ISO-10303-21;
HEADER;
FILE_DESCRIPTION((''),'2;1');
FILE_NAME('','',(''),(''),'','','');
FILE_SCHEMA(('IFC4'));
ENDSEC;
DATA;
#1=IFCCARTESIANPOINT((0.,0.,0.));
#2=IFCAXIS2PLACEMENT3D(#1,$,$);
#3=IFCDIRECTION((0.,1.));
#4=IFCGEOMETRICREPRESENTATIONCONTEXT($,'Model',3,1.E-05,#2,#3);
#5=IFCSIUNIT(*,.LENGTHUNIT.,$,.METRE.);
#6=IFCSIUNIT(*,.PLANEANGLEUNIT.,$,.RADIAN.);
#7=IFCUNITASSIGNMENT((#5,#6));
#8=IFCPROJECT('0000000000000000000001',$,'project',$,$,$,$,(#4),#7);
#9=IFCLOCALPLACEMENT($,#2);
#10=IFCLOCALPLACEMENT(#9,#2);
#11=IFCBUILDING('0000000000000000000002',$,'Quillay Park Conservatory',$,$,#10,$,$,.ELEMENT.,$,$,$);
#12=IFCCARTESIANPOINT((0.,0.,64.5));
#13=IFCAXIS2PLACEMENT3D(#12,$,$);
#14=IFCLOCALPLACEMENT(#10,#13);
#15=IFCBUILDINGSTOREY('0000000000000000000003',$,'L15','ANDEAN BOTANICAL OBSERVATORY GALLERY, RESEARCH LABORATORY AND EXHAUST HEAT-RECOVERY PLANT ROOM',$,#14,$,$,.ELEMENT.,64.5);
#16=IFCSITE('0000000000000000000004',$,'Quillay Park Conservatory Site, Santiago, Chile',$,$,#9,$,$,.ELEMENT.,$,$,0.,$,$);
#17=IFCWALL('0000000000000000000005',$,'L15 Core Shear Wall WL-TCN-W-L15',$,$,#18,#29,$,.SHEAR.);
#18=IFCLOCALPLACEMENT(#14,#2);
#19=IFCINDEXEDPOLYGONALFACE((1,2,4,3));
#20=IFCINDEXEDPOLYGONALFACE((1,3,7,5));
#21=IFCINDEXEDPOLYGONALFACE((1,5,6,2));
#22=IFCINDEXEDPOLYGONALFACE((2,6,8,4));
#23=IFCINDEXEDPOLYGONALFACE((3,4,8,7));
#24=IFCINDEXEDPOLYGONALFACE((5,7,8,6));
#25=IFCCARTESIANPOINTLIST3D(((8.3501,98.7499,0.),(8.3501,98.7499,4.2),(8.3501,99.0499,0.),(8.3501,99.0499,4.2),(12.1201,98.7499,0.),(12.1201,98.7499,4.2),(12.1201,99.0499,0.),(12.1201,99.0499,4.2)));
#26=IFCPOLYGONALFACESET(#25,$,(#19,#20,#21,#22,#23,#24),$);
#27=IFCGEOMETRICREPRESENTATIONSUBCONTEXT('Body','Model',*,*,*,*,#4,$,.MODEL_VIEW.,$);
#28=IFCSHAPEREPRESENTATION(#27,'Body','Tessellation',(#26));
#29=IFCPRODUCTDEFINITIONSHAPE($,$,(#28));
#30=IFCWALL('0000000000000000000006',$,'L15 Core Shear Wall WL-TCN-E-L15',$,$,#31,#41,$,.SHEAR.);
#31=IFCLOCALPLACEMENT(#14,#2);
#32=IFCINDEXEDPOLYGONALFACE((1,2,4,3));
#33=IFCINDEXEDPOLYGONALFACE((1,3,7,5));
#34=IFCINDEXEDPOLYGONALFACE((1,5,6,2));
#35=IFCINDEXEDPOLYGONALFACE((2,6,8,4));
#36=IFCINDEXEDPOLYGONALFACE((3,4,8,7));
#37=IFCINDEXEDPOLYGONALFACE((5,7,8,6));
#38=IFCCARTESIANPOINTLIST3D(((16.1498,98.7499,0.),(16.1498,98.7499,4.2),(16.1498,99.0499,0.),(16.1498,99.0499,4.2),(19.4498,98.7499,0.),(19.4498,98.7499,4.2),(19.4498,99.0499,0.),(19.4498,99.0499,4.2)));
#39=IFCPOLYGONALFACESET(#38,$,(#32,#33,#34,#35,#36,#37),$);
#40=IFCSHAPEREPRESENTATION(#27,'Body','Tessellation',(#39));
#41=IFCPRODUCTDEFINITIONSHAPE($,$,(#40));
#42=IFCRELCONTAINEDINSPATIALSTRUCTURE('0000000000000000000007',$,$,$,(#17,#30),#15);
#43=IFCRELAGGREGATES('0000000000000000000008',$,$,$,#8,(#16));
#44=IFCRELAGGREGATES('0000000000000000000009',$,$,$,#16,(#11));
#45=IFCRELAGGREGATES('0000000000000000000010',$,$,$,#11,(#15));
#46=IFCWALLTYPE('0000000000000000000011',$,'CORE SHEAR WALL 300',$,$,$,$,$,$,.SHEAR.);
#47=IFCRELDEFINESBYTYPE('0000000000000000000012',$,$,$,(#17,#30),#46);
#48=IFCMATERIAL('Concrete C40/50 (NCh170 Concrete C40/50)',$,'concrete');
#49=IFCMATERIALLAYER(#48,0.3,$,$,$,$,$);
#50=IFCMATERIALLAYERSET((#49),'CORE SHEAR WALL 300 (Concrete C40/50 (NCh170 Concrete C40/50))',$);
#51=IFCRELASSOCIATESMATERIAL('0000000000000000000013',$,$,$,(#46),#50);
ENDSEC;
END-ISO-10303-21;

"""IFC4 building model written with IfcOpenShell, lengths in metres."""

from ifc_helpers import new_model, si_unit, direction, frame, frame_2d, origin, place, context, subcontext, project, spatial, rectangle, extrude, material, layer, layer_set, type_object, element, save


model = new_model("IFC4")

# Units and contexts
model_context = context("Model", 3, precision=1e-05, world=origin(), true_north=direction((0.0, 1.0)))
body_context = subcontext(model_context, "Body", "Model", "MODEL_VIEW")
ifc_project = project(units=[si_unit("LENGTHUNIT", "METRE"), si_unit("PLANEANGLEUNIT", "RADIAN")], contexts=[model_context])

# Site, building, storey
site_placement = place(None, origin())
site = spatial("IfcSite", under=ifc_project, at=site_placement, Name="Quillay Park Conservatory Site, Santiago, Chile", CompositionType="ELEMENT", RefElevation=0.0)
building_placement = place(site_placement, origin())
building = spatial("IfcBuilding", under=site, at=building_placement, Name="Quillay Park Conservatory", CompositionType="ELEMENT")
storey_placement = place(building_placement, frame((0.0, 0.0, 64.5)))
storey = spatial("IfcBuildingStorey", under=building, at=storey_placement, Name="L15", Description="ANDEAN BOTANICAL OBSERVATORY GALLERY, RESEARCH LABORATORY AND EXHAUST HEAT-RECOVERY PLANT ROOM", CompositionType="ELEMENT", Elevation=64.5)

# Walls
ifc_material_1 = material(Name="Concrete C40/50 (NCh170 Concrete C40/50)", Category="concrete")
ifc_layer_1 = layer(ifc_material_1, 0.3)
ifc_layer_set_1 = layer_set([ifc_layer_1], Name="CORE SHEAR WALL 300 (Concrete C40/50 (NCh170 Concrete C40/50))")
wall_type_1 = type_object("IfcWallType", Name="CORE SHEAR WALL 300", PredefinedType="SHEAR", material=ifc_layer_set_1)
wall_1_placement = place(storey_placement, frame((8.3501, 98.8999, 0.0), z_axis=(0.0, 0.0, 1.0), x_axis=(1.0, 0.0, 0.0)))
element("IfcWall", 1, at=wall_1_placement, inside=storey, type_object=wall_type_1, Name="L15 Core Shear Wall WL-TCN-W-L15", PredefinedType="SHEAR", context=body_context, shape_type="SweptSolid", body=[
    extrude(rectangle(XDim=3.77, YDim=0.3, at=frame_2d((1.885, 0.0))), origin(), (0.0, 0.0, 1.0), 4.2),
])
wall_2_placement = place(storey_placement, frame((16.1499, 98.8999, 0.0), z_axis=(0.0, 0.0, 1.0), x_axis=(1.0, 0.0, 0.0)))
element("IfcWall", 2, at=wall_2_placement, inside=storey, type_object=wall_type_1, Name="L15 Core Shear Wall WL-TCN-E-L15", PredefinedType="SHEAR", context=body_context, shape_type="SweptSolid", body=[
    extrude(rectangle(XDim=3.3, YDim=0.3, at=frame_2d((1.6499, 0.0))), origin(), (0.0, 0.0, 1.0), 4.2),
])

save(model, "model.ifc")
